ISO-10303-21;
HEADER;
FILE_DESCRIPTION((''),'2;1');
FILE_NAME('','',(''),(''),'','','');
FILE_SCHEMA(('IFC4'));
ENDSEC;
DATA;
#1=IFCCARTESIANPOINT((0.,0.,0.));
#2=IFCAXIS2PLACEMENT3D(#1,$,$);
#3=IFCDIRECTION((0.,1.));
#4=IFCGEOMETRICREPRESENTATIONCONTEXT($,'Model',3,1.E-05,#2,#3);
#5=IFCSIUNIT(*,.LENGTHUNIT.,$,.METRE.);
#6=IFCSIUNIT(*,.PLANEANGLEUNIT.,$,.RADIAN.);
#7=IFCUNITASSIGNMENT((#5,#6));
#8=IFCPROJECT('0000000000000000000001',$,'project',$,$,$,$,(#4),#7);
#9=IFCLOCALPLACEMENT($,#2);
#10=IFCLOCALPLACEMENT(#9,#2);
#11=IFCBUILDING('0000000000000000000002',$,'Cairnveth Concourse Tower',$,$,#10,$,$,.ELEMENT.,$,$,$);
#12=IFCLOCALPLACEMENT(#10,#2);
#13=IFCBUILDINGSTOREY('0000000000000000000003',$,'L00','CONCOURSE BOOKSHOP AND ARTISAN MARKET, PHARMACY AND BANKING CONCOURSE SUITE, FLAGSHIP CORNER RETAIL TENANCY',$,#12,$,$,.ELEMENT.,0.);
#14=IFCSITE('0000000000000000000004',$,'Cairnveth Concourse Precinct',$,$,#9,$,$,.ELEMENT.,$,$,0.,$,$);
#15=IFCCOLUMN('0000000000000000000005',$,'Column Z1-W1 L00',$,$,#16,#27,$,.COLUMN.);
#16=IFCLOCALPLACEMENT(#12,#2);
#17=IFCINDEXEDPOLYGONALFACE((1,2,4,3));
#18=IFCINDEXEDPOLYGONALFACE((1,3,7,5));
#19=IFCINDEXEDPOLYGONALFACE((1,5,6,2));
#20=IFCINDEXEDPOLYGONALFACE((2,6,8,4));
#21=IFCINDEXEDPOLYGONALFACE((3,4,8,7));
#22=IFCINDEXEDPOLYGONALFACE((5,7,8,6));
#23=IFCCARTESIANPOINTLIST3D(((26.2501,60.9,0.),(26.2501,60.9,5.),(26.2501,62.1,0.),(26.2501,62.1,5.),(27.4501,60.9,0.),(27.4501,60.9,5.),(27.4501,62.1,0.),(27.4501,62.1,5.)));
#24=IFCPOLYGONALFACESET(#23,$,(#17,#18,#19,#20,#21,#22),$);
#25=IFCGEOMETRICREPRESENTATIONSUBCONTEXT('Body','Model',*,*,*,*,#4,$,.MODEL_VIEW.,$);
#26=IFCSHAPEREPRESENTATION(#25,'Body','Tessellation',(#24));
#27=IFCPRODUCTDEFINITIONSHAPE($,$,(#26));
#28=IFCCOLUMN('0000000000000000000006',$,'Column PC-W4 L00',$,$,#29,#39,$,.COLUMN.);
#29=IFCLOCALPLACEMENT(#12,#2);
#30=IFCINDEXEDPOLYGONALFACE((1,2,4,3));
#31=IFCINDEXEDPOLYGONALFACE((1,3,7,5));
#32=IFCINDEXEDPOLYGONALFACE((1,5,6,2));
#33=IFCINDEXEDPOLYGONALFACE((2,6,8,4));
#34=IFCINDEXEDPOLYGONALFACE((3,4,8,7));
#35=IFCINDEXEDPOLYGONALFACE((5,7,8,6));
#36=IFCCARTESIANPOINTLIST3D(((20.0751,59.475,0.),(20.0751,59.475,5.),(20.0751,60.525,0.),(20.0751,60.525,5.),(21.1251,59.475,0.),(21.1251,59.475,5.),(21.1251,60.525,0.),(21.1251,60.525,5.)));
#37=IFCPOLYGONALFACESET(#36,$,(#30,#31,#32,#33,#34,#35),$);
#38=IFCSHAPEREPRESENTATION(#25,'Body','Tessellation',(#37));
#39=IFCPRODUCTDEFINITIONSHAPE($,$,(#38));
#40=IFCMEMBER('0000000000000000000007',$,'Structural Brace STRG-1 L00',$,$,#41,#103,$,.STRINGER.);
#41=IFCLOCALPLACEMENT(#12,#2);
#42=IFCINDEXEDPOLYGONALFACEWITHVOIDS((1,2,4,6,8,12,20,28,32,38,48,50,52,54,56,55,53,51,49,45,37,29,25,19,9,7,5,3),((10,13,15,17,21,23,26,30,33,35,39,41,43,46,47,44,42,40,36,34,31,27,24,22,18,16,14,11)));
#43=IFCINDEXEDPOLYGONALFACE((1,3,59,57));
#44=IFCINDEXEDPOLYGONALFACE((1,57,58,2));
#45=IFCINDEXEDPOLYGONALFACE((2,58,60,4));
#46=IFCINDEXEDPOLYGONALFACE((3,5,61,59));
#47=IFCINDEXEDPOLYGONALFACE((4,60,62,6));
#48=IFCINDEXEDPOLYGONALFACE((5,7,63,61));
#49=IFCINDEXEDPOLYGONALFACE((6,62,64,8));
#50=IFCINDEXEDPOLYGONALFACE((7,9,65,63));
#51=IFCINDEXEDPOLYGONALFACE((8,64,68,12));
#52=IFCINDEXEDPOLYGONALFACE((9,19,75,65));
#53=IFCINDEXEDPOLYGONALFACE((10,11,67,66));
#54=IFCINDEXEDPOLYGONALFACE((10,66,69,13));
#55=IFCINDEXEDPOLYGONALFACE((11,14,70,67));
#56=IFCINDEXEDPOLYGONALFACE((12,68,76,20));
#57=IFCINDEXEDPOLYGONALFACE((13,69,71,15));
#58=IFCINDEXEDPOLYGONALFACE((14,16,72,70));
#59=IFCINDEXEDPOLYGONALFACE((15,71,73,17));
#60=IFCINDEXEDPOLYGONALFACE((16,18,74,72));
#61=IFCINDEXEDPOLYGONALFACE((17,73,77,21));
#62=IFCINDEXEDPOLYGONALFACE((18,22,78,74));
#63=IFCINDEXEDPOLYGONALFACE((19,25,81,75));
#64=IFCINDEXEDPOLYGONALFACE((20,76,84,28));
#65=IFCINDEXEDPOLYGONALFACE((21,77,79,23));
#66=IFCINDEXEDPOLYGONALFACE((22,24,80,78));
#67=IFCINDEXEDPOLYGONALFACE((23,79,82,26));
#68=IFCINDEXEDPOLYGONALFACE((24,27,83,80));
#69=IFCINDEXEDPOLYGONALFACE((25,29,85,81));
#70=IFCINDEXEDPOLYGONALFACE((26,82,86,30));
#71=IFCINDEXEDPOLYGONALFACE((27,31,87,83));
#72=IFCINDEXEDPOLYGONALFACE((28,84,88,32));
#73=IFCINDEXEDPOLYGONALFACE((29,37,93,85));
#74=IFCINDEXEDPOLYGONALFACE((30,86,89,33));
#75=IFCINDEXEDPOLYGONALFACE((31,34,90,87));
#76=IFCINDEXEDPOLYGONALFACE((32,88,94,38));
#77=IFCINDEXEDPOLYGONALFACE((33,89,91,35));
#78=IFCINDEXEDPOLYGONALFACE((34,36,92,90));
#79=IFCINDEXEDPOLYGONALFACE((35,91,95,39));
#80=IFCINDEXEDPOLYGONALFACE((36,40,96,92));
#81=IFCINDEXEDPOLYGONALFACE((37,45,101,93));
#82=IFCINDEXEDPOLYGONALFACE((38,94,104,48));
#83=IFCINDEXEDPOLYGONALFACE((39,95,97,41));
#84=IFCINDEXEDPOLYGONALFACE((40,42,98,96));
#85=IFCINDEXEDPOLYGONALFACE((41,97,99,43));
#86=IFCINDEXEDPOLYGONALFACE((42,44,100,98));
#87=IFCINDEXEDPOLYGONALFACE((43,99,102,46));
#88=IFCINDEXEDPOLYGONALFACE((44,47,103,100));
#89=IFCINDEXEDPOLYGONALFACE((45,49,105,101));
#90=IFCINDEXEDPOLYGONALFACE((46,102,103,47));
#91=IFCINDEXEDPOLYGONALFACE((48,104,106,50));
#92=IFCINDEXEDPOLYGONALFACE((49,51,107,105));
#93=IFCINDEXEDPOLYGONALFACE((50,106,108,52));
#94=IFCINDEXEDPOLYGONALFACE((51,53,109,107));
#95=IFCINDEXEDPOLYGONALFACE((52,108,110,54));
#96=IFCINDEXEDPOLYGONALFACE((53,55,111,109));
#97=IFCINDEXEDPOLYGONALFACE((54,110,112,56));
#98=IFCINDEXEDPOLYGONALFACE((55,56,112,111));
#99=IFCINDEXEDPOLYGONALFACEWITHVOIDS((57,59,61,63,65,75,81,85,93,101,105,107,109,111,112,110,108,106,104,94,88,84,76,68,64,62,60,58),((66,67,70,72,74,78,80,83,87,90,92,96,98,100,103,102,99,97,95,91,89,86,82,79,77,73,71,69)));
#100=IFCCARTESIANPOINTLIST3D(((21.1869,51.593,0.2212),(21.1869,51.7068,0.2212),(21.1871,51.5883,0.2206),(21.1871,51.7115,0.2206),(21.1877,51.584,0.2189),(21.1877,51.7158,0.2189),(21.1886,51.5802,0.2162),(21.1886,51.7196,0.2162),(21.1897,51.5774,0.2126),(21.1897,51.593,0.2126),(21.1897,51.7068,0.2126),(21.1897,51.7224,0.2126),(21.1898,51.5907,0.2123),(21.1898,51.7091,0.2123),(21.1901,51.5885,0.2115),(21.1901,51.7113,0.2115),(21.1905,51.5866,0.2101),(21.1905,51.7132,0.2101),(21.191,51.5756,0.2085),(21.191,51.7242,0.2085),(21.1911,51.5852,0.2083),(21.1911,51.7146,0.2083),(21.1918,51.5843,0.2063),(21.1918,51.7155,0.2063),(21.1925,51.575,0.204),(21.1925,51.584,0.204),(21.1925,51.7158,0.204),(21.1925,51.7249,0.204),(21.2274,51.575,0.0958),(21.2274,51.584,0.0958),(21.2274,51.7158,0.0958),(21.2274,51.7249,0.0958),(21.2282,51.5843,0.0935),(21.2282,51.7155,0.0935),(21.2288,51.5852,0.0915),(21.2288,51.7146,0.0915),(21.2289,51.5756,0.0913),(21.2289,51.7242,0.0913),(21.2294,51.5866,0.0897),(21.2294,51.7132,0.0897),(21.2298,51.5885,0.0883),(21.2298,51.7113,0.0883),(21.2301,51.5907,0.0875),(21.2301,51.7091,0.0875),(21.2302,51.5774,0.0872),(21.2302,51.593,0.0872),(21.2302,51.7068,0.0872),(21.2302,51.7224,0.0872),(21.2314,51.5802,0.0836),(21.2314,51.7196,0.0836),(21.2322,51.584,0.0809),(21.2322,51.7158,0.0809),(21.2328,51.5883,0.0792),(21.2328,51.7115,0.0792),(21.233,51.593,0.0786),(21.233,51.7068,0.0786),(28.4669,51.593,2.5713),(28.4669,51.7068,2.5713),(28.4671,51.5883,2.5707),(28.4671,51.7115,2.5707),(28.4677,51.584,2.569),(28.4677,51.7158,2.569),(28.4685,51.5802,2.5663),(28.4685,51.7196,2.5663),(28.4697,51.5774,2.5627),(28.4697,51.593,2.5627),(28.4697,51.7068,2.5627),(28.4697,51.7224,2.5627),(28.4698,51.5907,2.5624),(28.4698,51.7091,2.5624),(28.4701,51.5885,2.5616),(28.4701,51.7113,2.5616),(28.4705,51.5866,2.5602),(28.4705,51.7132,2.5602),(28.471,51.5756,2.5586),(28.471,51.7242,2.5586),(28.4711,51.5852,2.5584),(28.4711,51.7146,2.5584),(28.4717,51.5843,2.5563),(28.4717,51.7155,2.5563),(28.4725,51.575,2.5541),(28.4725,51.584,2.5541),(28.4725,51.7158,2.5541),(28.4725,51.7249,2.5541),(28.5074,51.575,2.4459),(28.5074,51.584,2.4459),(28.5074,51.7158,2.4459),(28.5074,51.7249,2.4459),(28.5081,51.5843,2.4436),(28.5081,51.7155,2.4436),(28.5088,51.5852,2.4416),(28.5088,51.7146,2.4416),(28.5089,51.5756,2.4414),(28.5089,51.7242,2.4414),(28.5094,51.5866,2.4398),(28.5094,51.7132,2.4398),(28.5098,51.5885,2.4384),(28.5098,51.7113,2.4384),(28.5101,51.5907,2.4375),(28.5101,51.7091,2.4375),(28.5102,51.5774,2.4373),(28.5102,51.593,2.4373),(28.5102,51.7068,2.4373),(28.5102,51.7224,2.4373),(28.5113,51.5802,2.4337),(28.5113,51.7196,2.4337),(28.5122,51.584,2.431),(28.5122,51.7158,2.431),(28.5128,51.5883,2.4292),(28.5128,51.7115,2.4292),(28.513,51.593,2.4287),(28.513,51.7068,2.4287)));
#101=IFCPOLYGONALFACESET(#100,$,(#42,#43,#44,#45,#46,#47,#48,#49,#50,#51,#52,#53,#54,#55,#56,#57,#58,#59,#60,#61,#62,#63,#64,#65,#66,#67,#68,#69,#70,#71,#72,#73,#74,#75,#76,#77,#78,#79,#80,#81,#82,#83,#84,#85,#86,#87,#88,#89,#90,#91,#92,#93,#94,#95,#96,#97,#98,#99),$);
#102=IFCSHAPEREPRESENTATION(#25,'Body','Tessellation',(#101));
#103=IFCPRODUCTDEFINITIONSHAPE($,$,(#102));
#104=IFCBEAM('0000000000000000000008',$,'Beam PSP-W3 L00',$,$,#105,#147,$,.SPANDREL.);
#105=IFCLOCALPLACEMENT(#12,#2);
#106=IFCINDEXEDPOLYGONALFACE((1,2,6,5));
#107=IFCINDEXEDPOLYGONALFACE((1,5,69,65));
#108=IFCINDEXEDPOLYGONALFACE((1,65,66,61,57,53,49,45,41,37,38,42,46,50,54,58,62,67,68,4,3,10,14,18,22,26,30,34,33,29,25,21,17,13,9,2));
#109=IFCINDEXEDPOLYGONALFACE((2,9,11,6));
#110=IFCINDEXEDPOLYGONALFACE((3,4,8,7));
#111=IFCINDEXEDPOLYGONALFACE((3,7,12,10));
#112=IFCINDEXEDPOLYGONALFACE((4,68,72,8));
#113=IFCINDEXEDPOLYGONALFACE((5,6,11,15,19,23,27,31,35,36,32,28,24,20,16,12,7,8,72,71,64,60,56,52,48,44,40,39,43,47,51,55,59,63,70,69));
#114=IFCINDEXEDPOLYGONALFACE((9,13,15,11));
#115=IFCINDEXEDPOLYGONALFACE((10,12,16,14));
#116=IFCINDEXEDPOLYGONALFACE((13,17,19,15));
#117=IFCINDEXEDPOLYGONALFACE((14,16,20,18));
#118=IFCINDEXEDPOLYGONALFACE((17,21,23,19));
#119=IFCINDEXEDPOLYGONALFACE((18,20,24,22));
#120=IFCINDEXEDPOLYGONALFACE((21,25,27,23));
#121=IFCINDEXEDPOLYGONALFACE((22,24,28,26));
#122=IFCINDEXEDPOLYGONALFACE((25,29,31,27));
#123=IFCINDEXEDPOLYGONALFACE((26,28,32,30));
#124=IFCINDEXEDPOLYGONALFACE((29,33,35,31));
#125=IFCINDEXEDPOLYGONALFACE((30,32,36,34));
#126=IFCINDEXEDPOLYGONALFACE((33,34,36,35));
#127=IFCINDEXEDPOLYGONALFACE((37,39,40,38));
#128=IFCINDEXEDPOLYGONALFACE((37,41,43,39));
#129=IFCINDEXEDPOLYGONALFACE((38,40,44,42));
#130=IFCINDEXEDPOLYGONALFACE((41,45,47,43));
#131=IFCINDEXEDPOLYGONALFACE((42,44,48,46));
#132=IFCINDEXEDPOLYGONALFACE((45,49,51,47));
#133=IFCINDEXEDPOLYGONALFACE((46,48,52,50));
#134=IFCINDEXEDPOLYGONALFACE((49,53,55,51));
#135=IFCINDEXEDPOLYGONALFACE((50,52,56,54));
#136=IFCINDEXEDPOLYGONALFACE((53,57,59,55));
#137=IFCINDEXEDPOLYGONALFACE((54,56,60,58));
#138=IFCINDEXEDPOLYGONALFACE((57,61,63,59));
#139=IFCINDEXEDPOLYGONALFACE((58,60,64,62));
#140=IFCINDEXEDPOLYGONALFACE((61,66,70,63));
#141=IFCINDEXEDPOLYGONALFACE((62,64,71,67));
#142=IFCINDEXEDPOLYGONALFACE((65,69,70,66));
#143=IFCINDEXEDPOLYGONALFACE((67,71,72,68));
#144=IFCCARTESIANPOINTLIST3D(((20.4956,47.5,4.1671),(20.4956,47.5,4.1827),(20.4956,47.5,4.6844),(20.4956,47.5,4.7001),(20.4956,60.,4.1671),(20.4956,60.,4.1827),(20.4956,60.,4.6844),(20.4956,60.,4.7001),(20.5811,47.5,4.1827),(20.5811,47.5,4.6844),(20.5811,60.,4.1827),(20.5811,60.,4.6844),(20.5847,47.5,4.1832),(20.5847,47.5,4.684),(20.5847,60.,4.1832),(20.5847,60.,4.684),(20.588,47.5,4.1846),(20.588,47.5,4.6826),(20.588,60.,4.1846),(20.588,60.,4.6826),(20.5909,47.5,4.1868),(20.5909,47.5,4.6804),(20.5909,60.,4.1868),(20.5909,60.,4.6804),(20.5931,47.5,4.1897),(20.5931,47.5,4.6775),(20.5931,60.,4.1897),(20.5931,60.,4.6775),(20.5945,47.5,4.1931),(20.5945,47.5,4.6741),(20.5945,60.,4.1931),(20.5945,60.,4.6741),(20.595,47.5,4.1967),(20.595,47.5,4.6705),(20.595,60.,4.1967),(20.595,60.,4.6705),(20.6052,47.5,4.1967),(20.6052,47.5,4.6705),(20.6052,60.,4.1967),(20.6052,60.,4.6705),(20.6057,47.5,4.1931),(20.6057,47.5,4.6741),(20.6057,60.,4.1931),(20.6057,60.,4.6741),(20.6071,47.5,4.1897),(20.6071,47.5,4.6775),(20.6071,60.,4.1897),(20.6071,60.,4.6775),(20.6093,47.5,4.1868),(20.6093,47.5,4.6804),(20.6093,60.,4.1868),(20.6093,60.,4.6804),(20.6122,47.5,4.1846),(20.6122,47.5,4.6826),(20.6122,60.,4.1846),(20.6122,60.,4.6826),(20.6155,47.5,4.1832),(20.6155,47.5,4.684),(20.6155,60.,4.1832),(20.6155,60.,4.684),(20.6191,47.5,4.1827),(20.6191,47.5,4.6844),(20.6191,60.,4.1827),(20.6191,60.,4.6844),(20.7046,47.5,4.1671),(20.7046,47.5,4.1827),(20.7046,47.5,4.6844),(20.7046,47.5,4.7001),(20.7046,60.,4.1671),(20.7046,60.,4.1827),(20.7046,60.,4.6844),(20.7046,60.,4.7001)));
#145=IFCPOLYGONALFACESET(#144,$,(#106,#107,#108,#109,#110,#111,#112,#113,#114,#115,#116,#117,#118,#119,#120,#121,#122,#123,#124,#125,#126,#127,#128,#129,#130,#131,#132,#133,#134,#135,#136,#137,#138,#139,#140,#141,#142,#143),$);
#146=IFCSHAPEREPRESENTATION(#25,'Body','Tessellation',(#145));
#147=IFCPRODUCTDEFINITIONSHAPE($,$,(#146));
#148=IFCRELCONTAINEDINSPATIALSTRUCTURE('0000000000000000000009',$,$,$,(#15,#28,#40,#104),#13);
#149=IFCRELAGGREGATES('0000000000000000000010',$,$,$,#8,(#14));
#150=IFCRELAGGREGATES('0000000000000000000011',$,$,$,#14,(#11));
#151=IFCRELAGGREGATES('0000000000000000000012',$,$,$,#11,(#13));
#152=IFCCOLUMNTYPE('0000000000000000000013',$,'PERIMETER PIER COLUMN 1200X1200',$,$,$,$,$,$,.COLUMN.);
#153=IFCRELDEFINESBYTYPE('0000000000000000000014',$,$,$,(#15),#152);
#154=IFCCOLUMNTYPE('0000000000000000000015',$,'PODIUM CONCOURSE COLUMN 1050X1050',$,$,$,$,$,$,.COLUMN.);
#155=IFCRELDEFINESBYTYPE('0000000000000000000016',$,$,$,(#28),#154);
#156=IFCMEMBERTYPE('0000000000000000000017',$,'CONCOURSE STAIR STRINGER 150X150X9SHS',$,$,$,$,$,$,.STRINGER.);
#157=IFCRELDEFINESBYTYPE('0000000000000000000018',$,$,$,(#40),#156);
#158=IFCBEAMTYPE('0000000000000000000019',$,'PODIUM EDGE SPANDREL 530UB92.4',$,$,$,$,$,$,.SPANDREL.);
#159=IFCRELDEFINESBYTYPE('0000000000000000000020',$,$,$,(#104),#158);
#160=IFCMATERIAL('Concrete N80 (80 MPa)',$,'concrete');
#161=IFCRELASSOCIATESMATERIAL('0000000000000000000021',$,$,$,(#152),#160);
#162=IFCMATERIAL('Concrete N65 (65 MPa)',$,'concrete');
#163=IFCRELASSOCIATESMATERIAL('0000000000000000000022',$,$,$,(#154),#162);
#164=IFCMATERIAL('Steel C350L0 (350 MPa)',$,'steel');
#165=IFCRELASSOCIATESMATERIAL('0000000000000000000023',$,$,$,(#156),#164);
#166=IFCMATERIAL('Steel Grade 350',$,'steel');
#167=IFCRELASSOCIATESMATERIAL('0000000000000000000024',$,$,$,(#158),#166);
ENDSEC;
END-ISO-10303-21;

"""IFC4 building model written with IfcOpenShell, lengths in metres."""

from ifc_helpers import new_model, si_unit, direction, frame, origin, origin_2d, place, context, subcontext, project, spatial, rectangle, hollow_rectangle, i_section, extrude, material, material_profile, profile_set, type_object, element, save


model = new_model("IFC4")

# Units and contexts
model_context = context("Model", 3, precision=1e-05, world=origin(), true_north=direction((0.0, 1.0)))
body_context = subcontext(model_context, "Body", "Model", "MODEL_VIEW")
ifc_project = project(units=[si_unit("LENGTHUNIT", "METRE"), si_unit("PLANEANGLEUNIT", "RADIAN")], contexts=[model_context])

# Site, building, storey
site_placement = place(None, origin())
site = spatial("IfcSite", under=ifc_project, at=site_placement, Name="Cairnveth Concourse Precinct", CompositionType="ELEMENT", RefElevation=0.0)
building_placement = place(site_placement, origin())
building = spatial("IfcBuilding", under=site, at=building_placement, Name="Cairnveth Concourse Tower", CompositionType="ELEMENT")
storey_placement = place(building_placement, origin())
storey = spatial("IfcBuildingStorey", under=building, at=storey_placement, Name="L00", Description="CONCOURSE BOOKSHOP AND ARTISAN MARKET, PHARMACY AND BANKING CONCOURSE SUITE, FLAGSHIP CORNER RETAIL TENANCY", CompositionType="ELEMENT", Elevation=0.0)

# Columns
ifc_material_1 = material(Name="Concrete N80 (80 MPa)", Category="concrete")
ifc_material_profile_1 = material_profile(ifc_material_1, rectangle(XDim=1.2, YDim=1.2, at=origin_2d()), Name="RC-COL-1200x1200")
ifc_profile_set_1 = profile_set([ifc_material_profile_1], Name="Concrete N80 (80 MPa)")
column_type_1 = type_object("IfcColumnType", Name="PERIMETER PIER COLUMN 1200X1200", PredefinedType="COLUMN", material=ifc_profile_set_1)
column_1_placement = place(storey_placement, frame((26.8501, 61.5, 0.0), z_axis=(0.0, 0.0, 1.0), x_axis=(1.0, 0.0, 0.0)))
element("IfcColumn", 1, at=column_1_placement, inside=storey, type_object=column_type_1, Name="Column Z1-W1 L00", PredefinedType="COLUMN", context=body_context, shape_type="SweptSolid", body=[
    extrude(rectangle(XDim=1.2, YDim=1.2, at=origin_2d()), origin(), (0.0, 0.0, 1.0), 5.0),
])
ifc_material_2 = material(Name="Concrete N65 (65 MPa)", Category="concrete")
ifc_material_profile_2 = material_profile(ifc_material_2, rectangle(XDim=1.05, YDim=1.05, at=origin_2d()), Name="RC-COL-1050x1050")
ifc_profile_set_2 = profile_set([ifc_material_profile_2], Name="Concrete N65 (65 MPa)")
column_type_2 = type_object("IfcColumnType", Name="PODIUM CONCOURSE COLUMN 1050X1050", PredefinedType="COLUMN", material=ifc_profile_set_2)
column_2_placement = place(storey_placement, frame((20.6001, 60.0, 0.0), z_axis=(0.0, 0.0, 1.0), x_axis=(1.0, 0.0, 0.0)))
element("IfcColumn", 2, at=column_2_placement, inside=storey, type_object=column_type_2, Name="Column PC-W4 L00", PredefinedType="COLUMN", context=body_context, shape_type="SweptSolid", body=[
    extrude(rectangle(XDim=1.05, YDim=1.05, at=origin_2d()), origin(), (0.0, 0.0, 1.0), 5.0),
])

# Member
ifc_material_3 = material(Name="Steel C350L0 (350 MPa)", Category="steel")
ifc_material_profile_3 = material_profile(ifc_material_3, hollow_rectangle(XDim=0.1499, YDim=0.1499, WallThickness=0.009, InnerFilletRadius=0.009, OuterFilletRadius=0.0181, at=origin_2d()), Name="150x150x9.0SHS")
ifc_profile_set_3 = profile_set([ifc_material_profile_3], Name="Steel C350L0 (350 MPa)")
member_type = type_object("IfcMemberType", Name="CONCOURSE STAIR STRINGER 150X150X9SHS", PredefinedType="STRINGER", material=ifc_profile_set_3)
member_placement = place(storey_placement, frame((21.21, 51.6499, 0.1499), z_axis=(0.951644, 0.0, 0.307204), x_axis=(0.0, 1.0, 0.0)))
element("IfcMember", 3, at=member_placement, inside=storey, type_object=member_type, Name="Structural Brace STRG-1 L00", PredefinedType="STRINGER", context=body_context, shape_type="SweptSolid", body=[
    extrude(hollow_rectangle(XDim=0.1499, YDim=0.1499, WallThickness=0.009, InnerFilletRadius=0.009, OuterFilletRadius=0.0181, at=origin_2d()), origin(), (0.0, 0.0, 1.0), 7.6499),
])

# Beam
ifc_material_4 = material(Name="Steel Grade 350", Category="steel")
ifc_material_profile_4 = material_profile(ifc_material_4, i_section(OverallWidth=0.209, OverallDepth=0.533, WebThickness=0.0103, FlangeThickness=0.0156, FilletRadius=0.0139, at=origin_2d()), Name="530UB92.4")
ifc_profile_set_4 = profile_set([ifc_material_profile_4], Name="Steel Grade 350")
beam_type_1 = type_object("IfcBeamType", Name="PODIUM EDGE SPANDREL 530UB92.4", PredefinedType="SPANDREL", material=ifc_profile_set_4)
beam_1_placement = place(storey_placement, frame((20.6001, 47.5, 4.4336), z_axis=(0.0, 1.0, 0.0), x_axis=(-1.0, 0.0, 0.0)))
element("IfcBeam", 4, at=beam_1_placement, inside=storey, type_object=beam_type_1, Name="Beam PSP-W3 L00", PredefinedType="SPANDREL", context=body_context, shape_type="SweptSolid", body=[
    extrude(i_section(OverallWidth=0.209, OverallDepth=0.533, WebThickness=0.0103, FlangeThickness=0.0156, FilletRadius=0.0139, at=origin_2d()), origin(), (0.0, 0.0, 1.0), 12.5),
])

save(model, "model.ifc")
